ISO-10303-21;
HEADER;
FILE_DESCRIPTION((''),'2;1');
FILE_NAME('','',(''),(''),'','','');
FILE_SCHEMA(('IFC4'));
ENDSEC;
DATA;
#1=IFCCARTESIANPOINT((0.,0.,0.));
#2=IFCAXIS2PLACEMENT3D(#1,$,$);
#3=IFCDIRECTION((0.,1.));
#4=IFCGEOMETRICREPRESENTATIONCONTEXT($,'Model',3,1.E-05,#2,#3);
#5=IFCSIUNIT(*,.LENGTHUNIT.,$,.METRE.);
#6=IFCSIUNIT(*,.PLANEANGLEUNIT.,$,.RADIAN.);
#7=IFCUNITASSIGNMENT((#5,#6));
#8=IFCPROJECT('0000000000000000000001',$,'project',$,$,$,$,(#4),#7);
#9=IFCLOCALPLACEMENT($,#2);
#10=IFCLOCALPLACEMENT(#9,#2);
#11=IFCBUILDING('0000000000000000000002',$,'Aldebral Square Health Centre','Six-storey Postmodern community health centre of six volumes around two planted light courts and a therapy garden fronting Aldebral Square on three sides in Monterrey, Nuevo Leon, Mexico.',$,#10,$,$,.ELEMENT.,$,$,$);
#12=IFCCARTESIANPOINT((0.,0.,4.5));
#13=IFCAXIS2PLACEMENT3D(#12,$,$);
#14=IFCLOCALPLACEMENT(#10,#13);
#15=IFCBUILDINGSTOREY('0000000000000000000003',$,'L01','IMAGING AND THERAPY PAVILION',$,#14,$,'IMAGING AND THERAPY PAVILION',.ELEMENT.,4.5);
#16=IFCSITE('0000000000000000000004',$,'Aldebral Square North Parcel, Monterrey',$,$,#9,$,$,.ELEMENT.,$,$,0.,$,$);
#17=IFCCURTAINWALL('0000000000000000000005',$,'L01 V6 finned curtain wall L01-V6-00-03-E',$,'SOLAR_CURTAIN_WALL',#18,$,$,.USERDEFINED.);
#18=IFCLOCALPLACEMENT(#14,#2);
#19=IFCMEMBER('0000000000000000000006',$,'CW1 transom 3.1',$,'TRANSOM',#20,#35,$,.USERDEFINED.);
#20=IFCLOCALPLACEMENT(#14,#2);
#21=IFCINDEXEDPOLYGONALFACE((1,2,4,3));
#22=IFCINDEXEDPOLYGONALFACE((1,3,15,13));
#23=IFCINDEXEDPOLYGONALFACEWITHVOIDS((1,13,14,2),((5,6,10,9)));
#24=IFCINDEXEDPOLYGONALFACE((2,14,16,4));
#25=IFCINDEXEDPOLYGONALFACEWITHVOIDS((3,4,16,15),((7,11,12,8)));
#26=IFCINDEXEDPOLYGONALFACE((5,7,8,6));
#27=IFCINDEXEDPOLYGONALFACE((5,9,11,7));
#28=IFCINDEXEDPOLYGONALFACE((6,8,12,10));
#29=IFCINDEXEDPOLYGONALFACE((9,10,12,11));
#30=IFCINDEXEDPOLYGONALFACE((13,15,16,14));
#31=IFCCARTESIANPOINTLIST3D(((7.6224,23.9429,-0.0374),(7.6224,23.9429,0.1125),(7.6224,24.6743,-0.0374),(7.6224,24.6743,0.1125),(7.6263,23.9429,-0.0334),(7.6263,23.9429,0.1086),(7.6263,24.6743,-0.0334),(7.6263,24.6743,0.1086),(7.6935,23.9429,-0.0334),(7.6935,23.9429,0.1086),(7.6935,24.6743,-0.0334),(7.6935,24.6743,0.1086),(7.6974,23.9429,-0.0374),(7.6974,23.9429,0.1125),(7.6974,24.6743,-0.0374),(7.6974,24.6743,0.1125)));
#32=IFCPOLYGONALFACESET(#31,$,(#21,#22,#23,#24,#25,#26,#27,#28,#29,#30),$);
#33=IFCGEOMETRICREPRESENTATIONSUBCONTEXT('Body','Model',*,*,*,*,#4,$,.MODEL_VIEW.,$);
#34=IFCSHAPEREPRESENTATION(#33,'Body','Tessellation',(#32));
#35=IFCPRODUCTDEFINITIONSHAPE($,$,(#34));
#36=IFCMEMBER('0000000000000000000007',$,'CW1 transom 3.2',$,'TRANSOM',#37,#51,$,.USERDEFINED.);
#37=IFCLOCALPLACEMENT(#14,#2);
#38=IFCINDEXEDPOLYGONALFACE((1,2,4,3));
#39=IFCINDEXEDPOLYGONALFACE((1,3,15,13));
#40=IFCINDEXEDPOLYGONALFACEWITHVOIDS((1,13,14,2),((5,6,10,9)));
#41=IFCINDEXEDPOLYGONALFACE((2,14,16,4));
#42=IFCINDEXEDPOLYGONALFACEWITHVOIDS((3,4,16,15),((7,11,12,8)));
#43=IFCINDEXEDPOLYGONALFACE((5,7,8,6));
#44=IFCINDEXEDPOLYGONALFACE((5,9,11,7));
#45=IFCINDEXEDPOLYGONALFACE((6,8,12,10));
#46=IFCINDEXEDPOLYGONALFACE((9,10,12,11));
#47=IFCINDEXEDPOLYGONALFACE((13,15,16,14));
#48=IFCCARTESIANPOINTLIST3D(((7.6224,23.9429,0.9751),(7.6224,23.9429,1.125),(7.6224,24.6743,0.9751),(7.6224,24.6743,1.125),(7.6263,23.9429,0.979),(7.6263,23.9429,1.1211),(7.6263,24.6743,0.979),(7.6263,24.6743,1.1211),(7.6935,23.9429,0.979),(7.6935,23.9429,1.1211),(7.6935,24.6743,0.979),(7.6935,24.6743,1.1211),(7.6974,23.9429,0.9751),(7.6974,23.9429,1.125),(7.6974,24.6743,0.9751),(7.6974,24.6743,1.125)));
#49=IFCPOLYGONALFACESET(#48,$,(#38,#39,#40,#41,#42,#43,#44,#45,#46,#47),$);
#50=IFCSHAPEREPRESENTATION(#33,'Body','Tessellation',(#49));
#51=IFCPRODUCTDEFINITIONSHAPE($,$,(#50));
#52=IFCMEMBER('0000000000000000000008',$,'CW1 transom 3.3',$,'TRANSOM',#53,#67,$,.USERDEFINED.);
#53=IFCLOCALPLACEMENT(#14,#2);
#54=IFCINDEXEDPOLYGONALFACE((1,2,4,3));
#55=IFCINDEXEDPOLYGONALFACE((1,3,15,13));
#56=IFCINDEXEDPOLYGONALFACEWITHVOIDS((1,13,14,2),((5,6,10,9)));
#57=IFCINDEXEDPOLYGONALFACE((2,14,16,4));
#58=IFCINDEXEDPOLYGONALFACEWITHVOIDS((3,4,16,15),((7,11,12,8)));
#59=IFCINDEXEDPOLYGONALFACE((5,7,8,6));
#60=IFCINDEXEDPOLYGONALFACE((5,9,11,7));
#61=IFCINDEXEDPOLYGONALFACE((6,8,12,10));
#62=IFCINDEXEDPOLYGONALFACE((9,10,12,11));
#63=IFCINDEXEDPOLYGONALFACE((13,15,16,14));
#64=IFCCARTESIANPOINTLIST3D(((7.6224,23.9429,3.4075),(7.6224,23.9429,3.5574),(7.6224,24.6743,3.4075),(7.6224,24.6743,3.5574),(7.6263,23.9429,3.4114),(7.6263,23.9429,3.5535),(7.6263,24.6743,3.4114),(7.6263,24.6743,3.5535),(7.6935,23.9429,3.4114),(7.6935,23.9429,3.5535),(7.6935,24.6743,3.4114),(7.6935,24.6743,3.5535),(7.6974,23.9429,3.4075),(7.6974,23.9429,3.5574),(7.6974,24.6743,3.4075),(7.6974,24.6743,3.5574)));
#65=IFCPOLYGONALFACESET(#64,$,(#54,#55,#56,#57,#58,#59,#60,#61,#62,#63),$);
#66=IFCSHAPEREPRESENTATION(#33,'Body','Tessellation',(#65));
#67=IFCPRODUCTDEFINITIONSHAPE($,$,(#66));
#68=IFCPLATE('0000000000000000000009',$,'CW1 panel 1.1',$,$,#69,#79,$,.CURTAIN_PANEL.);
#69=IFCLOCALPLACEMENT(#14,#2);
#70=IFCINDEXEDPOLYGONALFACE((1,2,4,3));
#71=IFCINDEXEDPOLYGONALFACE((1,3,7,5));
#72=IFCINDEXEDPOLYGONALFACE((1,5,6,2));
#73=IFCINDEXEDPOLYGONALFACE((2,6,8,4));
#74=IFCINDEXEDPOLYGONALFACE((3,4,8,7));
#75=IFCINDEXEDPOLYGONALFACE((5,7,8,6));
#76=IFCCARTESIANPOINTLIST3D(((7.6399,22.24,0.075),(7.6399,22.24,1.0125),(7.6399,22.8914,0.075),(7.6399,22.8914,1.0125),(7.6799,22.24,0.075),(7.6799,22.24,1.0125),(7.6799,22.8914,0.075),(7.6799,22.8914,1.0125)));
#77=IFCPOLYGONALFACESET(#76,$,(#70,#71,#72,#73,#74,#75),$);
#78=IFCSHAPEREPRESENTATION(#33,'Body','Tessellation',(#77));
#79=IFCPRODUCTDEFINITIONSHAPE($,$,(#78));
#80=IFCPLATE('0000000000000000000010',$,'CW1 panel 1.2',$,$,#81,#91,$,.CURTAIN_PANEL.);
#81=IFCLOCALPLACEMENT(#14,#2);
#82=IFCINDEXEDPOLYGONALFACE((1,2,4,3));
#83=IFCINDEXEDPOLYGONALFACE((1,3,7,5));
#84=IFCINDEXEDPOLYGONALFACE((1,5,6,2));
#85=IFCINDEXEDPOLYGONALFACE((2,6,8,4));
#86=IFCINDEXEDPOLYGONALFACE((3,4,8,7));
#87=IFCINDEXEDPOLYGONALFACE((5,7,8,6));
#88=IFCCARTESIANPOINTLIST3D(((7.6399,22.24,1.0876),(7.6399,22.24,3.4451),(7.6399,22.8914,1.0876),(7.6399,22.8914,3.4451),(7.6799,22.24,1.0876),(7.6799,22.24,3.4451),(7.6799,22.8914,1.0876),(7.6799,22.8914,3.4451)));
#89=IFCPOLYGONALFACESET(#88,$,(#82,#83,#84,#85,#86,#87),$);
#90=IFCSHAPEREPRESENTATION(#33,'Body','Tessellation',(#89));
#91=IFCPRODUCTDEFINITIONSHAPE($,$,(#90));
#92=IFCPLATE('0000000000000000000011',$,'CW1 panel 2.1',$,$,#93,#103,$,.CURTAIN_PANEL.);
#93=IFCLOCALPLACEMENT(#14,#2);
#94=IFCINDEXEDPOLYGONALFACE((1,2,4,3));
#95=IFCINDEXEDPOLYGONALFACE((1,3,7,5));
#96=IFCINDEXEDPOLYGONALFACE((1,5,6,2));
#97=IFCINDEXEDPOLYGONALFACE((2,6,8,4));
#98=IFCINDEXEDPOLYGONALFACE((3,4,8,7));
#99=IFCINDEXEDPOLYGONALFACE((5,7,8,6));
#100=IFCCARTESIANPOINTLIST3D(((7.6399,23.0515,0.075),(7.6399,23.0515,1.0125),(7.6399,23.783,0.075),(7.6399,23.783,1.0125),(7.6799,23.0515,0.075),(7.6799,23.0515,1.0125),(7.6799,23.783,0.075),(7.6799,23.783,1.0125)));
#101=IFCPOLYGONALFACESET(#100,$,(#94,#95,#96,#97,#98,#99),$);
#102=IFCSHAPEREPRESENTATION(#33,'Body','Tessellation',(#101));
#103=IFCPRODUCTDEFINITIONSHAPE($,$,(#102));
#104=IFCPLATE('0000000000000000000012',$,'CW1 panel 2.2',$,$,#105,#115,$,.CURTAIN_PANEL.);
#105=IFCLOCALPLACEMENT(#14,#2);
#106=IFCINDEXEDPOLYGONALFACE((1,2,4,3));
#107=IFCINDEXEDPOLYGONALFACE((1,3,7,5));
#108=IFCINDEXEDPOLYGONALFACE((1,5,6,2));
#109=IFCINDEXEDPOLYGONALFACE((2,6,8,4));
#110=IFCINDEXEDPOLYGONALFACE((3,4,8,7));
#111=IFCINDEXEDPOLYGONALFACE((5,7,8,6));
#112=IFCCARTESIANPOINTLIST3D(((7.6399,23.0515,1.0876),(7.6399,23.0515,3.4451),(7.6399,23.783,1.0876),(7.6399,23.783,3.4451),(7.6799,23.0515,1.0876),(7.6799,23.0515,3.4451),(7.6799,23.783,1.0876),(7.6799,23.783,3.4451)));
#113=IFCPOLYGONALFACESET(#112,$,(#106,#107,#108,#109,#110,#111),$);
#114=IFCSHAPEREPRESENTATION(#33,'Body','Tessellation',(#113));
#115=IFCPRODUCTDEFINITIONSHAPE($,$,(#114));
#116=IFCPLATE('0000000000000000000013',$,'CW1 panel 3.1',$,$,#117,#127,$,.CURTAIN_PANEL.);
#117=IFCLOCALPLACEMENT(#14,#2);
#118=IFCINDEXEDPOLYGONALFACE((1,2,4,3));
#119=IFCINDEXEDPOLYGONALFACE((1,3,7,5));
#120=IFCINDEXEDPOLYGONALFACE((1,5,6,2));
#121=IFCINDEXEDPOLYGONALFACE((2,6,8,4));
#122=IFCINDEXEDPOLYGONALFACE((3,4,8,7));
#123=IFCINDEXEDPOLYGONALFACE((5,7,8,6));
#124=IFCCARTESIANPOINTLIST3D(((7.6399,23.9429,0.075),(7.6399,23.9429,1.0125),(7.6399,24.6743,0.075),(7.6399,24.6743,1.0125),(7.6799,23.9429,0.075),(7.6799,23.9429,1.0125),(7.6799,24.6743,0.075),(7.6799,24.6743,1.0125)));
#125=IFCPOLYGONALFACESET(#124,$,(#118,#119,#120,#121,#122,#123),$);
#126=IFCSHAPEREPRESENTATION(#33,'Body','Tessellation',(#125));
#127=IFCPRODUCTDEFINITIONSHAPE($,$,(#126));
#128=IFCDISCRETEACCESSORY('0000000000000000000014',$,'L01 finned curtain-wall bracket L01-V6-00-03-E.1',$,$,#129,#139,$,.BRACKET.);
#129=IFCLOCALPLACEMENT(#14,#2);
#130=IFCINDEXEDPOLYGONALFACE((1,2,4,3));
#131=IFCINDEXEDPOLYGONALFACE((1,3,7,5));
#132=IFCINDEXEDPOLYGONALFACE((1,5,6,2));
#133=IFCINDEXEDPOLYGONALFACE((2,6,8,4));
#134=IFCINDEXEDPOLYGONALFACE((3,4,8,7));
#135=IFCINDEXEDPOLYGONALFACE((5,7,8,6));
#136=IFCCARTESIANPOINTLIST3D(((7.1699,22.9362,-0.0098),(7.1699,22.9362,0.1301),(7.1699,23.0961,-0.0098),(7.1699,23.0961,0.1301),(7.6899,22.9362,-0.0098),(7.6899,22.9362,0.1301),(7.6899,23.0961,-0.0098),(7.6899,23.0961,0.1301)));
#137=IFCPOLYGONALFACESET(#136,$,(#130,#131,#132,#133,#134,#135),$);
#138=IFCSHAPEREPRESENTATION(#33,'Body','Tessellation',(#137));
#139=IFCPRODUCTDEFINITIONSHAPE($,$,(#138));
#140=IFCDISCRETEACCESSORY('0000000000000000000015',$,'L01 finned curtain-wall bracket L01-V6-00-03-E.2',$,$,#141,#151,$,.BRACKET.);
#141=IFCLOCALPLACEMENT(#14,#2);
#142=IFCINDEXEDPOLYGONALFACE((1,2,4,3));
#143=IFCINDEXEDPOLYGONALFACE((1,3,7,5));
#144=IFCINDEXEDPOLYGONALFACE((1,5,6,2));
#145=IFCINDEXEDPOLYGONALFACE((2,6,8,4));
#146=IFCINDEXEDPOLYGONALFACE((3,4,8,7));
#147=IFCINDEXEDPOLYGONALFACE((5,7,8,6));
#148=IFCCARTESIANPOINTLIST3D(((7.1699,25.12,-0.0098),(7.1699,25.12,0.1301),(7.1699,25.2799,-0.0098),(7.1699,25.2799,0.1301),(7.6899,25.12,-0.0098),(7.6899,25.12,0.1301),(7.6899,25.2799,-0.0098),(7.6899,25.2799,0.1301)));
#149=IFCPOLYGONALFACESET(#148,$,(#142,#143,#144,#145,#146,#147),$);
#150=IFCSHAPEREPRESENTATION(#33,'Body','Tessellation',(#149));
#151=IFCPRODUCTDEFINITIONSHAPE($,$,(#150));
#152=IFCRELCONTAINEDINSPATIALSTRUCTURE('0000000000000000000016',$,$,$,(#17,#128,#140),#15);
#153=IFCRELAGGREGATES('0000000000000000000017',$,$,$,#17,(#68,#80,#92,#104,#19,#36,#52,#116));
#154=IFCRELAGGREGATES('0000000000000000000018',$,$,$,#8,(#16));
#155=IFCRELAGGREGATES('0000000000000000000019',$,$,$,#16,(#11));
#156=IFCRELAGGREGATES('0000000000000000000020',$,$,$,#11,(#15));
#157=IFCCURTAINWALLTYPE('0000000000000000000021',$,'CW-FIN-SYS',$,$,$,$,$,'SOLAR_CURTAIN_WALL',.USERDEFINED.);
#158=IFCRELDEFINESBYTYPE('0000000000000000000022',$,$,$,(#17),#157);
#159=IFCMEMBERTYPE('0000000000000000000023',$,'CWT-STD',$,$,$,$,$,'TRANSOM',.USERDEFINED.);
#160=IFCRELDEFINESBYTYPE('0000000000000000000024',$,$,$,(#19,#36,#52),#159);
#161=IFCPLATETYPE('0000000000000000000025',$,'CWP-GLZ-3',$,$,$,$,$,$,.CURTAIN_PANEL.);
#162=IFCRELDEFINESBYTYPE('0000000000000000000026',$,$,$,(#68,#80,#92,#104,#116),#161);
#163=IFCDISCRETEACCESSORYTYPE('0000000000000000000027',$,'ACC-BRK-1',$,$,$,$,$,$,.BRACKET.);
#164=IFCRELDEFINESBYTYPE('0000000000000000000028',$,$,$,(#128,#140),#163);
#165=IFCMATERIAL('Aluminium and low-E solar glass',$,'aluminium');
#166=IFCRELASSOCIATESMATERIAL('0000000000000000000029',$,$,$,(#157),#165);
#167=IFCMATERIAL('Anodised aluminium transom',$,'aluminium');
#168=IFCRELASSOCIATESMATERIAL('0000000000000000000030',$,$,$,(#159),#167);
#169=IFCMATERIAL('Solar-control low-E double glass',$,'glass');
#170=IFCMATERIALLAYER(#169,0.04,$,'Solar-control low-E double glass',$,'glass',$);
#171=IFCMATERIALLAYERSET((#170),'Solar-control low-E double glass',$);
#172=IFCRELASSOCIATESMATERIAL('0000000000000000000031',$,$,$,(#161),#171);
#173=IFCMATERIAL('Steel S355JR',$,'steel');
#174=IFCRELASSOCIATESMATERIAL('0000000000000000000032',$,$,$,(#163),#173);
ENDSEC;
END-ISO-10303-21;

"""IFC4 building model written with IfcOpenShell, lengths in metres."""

from ifc_helpers import new_model, si_unit, direction, frame, origin, origin_2d, place, context, subcontext, project, spatial, rectangle, hollow_rectangle, extrude, material, layer, layer_set, material_profile, profile_set, type_object, element, aggregate, save


model = new_model("IFC4")

# Units and contexts
model_context = context("Model", 3, precision=1e-05, world=origin(), true_north=direction((0.0, 1.0)))
body_context = subcontext(model_context, "Body", "Model", "MODEL_VIEW")
ifc_project = project(units=[si_unit("LENGTHUNIT", "METRE"), si_unit("PLANEANGLEUNIT", "RADIAN")], contexts=[model_context])

# Site, building, storey
site_placement = place(None, origin())
site = spatial("IfcSite", under=ifc_project, at=site_placement, Name="Aldebral Square North Parcel, Monterrey", CompositionType="ELEMENT", RefElevation=0.0)
building_placement = place(site_placement, origin())
building = spatial("IfcBuilding", under=site, at=building_placement, Name="Aldebral Square Health Centre", Description="Six-storey Postmodern community health centre of six volumes around two planted light courts and a therapy garden fronting Aldebral Square on three sides in Monterrey, Nuevo Leon, Mexico.", CompositionType="ELEMENT")
storey_placement = place(building_placement, frame((0.0, 0.0, 4.5)))
storey = spatial("IfcBuildingStorey", under=building, at=storey_placement, Name="L01", Description="IMAGING AND THERAPY PAVILION", LongName="IMAGING AND THERAPY PAVILION", CompositionType="ELEMENT", Elevation=4.5)

# Shared definitions
ifc_material_1 = material(Name="Aluminium and low-E solar glass", Category="aluminium")
curtain_wall_type = type_object("IfcCurtainWallType", Name="CW-FIN-SYS", ElementType="SOLAR_CURTAIN_WALL", PredefinedType="USERDEFINED", material=ifc_material_1)

# Curtain wall, members, plates
curtain_wall_1_placement = place(storey_placement, origin())
curtain_wall_1 = element("IfcCurtainWall", 1, at=curtain_wall_1_placement, inside=storey, type_object=curtain_wall_type, Name="L01 V6 finned curtain wall L01-V6-00-03-E", ObjectType="SOLAR_CURTAIN_WALL", PredefinedType="USERDEFINED")
ifc_material_2 = material(Name="Anodised aluminium transom", Category="aluminium")
ifc_material_profile_1 = material_profile(ifc_material_2, hollow_rectangle(XDim=0.075, YDim=0.1499, WallThickness=0.0039, at=origin_2d()), Name="CWT 75x150x4")
ifc_profile_set_1 = profile_set([ifc_material_profile_1], Name="Anodised aluminium transom")
member_type_1 = type_object("IfcMemberType", Name="CWT-STD", ElementType="TRANSOM", PredefinedType="USERDEFINED", material=ifc_profile_set_1)
member_1_placement = place(storey_placement, frame((7.6599, 23.9429, 0.0376), z_axis=(0.0, 1.0, 0.0), x_axis=(-1.0, 0.0, 0.0)))
member_1 = element("IfcMember", 2, at=member_1_placement, type_object=member_type_1, Name="CW1 transom 3.1", ObjectType="TRANSOM", PredefinedType="USERDEFINED", context=body_context, shape_type="SweptSolid", body=[
    extrude(hollow_rectangle(XDim=0.075, YDim=0.1499, WallThickness=0.0039, at=origin_2d()), origin(), (0.0, 0.0, 1.0), 0.7314),
])
member_2_placement = place(storey_placement, frame((7.6599, 23.9429, 1.05), z_axis=(0.0, 1.0, 0.0), x_axis=(-1.0, 0.0, 0.0)))
member_2 = element("IfcMember", 3, at=member_2_placement, type_object=member_type_1, Name="CW1 transom 3.2", ObjectType="TRANSOM", PredefinedType="USERDEFINED", context=body_context, shape_type="SweptSolid", body=[
    extrude(hollow_rectangle(XDim=0.075, YDim=0.1499, WallThickness=0.0039, at=origin_2d()), origin(), (0.0, 0.0, 1.0), 0.7314),
])
member_3_placement = place(storey_placement, frame((7.6599, 23.9429, 3.4824), z_axis=(0.0, 1.0, 0.0), x_axis=(-1.0, 0.0, 0.0)))
member_3 = element("IfcMember", 4, at=member_3_placement, type_object=member_type_1, Name="CW1 transom 3.3", ObjectType="TRANSOM", PredefinedType="USERDEFINED", context=body_context, shape_type="SweptSolid", body=[
    extrude(hollow_rectangle(XDim=0.075, YDim=0.1499, WallThickness=0.0039, at=origin_2d()), origin(), (0.0, 0.0, 1.0), 0.7314),
])
ifc_material_3 = material(Name="Solar-control low-E double glass", Category="glass")
ifc_layer = layer(ifc_material_3, 0.04, Name="Solar-control low-E double glass", Category="glass")
ifc_layer_set = layer_set([ifc_layer], Name="Solar-control low-E double glass")
plate_type = type_object("IfcPlateType", Name="CWP-GLZ-3", PredefinedType="CURTAIN_PANEL", material=ifc_layer_set)
plate_1_placement = place(storey_placement, frame((7.6599, 22.5657, 0.075), z_axis=(0.0, 0.0, 1.0), x_axis=(0.0, 1.0, 0.0)))
plate_1 = element("IfcPlate", 5, at=plate_1_placement, type_object=plate_type, Name="CW1 panel 1.1", PredefinedType="CURTAIN_PANEL", context=body_context, shape_type="SweptSolid", body=[
    extrude(rectangle(XDim=0.6514, YDim=0.04, at=origin_2d()), origin(), (0.0, 0.0, 1.0), 0.9375),
])
plate_2_placement = place(storey_placement, frame((7.6599, 22.5657, 1.0876), z_axis=(0.0, 0.0, 1.0), x_axis=(0.0, 1.0, 0.0)))
plate_2 = element("IfcPlate", 6, at=plate_2_placement, type_object=plate_type, Name="CW1 panel 1.2", PredefinedType="CURTAIN_PANEL", context=body_context, shape_type="SweptSolid", body=[
    extrude(rectangle(XDim=0.6514, YDim=0.04, at=origin_2d()), origin(), (0.0, 0.0, 1.0), 2.3574),
])
plate_3_placement = place(storey_placement, frame((7.6599, 23.4172, 0.075), z_axis=(0.0, 0.0, 1.0), x_axis=(0.0, 1.0, 0.0)))
plate_3 = element("IfcPlate", 7, at=plate_3_placement, type_object=plate_type, Name="CW1 panel 2.1", PredefinedType="CURTAIN_PANEL", context=body_context, shape_type="SweptSolid", body=[
    extrude(rectangle(XDim=0.7314, YDim=0.04, at=origin_2d()), origin(), (0.0, 0.0, 1.0), 0.9375),
])
plate_4_placement = place(storey_placement, frame((7.6599, 23.4172, 1.0876), z_axis=(0.0, 0.0, 1.0), x_axis=(0.0, 1.0, 0.0)))
plate_4 = element("IfcPlate", 8, at=plate_4_placement, type_object=plate_type, Name="CW1 panel 2.2", PredefinedType="CURTAIN_PANEL", context=body_context, shape_type="SweptSolid", body=[
    extrude(rectangle(XDim=0.7314, YDim=0.04, at=origin_2d()), origin(), (0.0, 0.0, 1.0), 2.3574),
])
plate_5_placement = place(storey_placement, frame((7.6599, 24.3086, 0.075), z_axis=(0.0, 0.0, 1.0), x_axis=(0.0, 1.0, 0.0)))
plate_5 = element("IfcPlate", 9, at=plate_5_placement, type_object=plate_type, Name="CW1 panel 3.1", PredefinedType="CURTAIN_PANEL", context=body_context, shape_type="SweptSolid", body=[
    extrude(rectangle(XDim=0.7314, YDim=0.04, at=origin_2d()), origin(), (0.0, 0.0, 1.0), 0.9375),
])
aggregate(curtain_wall_1, [plate_1, plate_2, plate_3, plate_4, member_1, member_2, member_3, plate_5])

# Discrete accessories
ifc_material_4 = material(Name="Steel S355JR", Category="steel")
discrete_accessory_type = type_object("IfcDiscreteAccessoryType", Name="ACC-BRK-1", PredefinedType="BRACKET", material=ifc_material_4)
for number, where, z_axis, x_axis, name in (
    (10, (7.4299, 23.0161, -0.0098), (0.0, 0.0, 1.0), (0.0, 1.0, 0.0), "L01 finned curtain-wall bracket L01-V6-00-03-E.1"),
    (11, (7.4299, 25.2, -0.0098), (0.0, 0.0, 1.0), (0.0, 1.0, 0.0), "L01 finned curtain-wall bracket L01-V6-00-03-E.2"),
):
    element("IfcDiscreteAccessory", number, at=place(storey_placement, frame(where, z_axis=z_axis, x_axis=x_axis)), inside=storey, type_object=discrete_accessory_type, Name=name, PredefinedType="BRACKET", context=body_context, shape_type="SweptSolid", body=[
        extrude(rectangle(XDim=0.1599, YDim=0.52, at=origin_2d()), origin(), (0.0, 0.0, 1.0), 0.1399),
    ])

save(model, "model.ifc")
